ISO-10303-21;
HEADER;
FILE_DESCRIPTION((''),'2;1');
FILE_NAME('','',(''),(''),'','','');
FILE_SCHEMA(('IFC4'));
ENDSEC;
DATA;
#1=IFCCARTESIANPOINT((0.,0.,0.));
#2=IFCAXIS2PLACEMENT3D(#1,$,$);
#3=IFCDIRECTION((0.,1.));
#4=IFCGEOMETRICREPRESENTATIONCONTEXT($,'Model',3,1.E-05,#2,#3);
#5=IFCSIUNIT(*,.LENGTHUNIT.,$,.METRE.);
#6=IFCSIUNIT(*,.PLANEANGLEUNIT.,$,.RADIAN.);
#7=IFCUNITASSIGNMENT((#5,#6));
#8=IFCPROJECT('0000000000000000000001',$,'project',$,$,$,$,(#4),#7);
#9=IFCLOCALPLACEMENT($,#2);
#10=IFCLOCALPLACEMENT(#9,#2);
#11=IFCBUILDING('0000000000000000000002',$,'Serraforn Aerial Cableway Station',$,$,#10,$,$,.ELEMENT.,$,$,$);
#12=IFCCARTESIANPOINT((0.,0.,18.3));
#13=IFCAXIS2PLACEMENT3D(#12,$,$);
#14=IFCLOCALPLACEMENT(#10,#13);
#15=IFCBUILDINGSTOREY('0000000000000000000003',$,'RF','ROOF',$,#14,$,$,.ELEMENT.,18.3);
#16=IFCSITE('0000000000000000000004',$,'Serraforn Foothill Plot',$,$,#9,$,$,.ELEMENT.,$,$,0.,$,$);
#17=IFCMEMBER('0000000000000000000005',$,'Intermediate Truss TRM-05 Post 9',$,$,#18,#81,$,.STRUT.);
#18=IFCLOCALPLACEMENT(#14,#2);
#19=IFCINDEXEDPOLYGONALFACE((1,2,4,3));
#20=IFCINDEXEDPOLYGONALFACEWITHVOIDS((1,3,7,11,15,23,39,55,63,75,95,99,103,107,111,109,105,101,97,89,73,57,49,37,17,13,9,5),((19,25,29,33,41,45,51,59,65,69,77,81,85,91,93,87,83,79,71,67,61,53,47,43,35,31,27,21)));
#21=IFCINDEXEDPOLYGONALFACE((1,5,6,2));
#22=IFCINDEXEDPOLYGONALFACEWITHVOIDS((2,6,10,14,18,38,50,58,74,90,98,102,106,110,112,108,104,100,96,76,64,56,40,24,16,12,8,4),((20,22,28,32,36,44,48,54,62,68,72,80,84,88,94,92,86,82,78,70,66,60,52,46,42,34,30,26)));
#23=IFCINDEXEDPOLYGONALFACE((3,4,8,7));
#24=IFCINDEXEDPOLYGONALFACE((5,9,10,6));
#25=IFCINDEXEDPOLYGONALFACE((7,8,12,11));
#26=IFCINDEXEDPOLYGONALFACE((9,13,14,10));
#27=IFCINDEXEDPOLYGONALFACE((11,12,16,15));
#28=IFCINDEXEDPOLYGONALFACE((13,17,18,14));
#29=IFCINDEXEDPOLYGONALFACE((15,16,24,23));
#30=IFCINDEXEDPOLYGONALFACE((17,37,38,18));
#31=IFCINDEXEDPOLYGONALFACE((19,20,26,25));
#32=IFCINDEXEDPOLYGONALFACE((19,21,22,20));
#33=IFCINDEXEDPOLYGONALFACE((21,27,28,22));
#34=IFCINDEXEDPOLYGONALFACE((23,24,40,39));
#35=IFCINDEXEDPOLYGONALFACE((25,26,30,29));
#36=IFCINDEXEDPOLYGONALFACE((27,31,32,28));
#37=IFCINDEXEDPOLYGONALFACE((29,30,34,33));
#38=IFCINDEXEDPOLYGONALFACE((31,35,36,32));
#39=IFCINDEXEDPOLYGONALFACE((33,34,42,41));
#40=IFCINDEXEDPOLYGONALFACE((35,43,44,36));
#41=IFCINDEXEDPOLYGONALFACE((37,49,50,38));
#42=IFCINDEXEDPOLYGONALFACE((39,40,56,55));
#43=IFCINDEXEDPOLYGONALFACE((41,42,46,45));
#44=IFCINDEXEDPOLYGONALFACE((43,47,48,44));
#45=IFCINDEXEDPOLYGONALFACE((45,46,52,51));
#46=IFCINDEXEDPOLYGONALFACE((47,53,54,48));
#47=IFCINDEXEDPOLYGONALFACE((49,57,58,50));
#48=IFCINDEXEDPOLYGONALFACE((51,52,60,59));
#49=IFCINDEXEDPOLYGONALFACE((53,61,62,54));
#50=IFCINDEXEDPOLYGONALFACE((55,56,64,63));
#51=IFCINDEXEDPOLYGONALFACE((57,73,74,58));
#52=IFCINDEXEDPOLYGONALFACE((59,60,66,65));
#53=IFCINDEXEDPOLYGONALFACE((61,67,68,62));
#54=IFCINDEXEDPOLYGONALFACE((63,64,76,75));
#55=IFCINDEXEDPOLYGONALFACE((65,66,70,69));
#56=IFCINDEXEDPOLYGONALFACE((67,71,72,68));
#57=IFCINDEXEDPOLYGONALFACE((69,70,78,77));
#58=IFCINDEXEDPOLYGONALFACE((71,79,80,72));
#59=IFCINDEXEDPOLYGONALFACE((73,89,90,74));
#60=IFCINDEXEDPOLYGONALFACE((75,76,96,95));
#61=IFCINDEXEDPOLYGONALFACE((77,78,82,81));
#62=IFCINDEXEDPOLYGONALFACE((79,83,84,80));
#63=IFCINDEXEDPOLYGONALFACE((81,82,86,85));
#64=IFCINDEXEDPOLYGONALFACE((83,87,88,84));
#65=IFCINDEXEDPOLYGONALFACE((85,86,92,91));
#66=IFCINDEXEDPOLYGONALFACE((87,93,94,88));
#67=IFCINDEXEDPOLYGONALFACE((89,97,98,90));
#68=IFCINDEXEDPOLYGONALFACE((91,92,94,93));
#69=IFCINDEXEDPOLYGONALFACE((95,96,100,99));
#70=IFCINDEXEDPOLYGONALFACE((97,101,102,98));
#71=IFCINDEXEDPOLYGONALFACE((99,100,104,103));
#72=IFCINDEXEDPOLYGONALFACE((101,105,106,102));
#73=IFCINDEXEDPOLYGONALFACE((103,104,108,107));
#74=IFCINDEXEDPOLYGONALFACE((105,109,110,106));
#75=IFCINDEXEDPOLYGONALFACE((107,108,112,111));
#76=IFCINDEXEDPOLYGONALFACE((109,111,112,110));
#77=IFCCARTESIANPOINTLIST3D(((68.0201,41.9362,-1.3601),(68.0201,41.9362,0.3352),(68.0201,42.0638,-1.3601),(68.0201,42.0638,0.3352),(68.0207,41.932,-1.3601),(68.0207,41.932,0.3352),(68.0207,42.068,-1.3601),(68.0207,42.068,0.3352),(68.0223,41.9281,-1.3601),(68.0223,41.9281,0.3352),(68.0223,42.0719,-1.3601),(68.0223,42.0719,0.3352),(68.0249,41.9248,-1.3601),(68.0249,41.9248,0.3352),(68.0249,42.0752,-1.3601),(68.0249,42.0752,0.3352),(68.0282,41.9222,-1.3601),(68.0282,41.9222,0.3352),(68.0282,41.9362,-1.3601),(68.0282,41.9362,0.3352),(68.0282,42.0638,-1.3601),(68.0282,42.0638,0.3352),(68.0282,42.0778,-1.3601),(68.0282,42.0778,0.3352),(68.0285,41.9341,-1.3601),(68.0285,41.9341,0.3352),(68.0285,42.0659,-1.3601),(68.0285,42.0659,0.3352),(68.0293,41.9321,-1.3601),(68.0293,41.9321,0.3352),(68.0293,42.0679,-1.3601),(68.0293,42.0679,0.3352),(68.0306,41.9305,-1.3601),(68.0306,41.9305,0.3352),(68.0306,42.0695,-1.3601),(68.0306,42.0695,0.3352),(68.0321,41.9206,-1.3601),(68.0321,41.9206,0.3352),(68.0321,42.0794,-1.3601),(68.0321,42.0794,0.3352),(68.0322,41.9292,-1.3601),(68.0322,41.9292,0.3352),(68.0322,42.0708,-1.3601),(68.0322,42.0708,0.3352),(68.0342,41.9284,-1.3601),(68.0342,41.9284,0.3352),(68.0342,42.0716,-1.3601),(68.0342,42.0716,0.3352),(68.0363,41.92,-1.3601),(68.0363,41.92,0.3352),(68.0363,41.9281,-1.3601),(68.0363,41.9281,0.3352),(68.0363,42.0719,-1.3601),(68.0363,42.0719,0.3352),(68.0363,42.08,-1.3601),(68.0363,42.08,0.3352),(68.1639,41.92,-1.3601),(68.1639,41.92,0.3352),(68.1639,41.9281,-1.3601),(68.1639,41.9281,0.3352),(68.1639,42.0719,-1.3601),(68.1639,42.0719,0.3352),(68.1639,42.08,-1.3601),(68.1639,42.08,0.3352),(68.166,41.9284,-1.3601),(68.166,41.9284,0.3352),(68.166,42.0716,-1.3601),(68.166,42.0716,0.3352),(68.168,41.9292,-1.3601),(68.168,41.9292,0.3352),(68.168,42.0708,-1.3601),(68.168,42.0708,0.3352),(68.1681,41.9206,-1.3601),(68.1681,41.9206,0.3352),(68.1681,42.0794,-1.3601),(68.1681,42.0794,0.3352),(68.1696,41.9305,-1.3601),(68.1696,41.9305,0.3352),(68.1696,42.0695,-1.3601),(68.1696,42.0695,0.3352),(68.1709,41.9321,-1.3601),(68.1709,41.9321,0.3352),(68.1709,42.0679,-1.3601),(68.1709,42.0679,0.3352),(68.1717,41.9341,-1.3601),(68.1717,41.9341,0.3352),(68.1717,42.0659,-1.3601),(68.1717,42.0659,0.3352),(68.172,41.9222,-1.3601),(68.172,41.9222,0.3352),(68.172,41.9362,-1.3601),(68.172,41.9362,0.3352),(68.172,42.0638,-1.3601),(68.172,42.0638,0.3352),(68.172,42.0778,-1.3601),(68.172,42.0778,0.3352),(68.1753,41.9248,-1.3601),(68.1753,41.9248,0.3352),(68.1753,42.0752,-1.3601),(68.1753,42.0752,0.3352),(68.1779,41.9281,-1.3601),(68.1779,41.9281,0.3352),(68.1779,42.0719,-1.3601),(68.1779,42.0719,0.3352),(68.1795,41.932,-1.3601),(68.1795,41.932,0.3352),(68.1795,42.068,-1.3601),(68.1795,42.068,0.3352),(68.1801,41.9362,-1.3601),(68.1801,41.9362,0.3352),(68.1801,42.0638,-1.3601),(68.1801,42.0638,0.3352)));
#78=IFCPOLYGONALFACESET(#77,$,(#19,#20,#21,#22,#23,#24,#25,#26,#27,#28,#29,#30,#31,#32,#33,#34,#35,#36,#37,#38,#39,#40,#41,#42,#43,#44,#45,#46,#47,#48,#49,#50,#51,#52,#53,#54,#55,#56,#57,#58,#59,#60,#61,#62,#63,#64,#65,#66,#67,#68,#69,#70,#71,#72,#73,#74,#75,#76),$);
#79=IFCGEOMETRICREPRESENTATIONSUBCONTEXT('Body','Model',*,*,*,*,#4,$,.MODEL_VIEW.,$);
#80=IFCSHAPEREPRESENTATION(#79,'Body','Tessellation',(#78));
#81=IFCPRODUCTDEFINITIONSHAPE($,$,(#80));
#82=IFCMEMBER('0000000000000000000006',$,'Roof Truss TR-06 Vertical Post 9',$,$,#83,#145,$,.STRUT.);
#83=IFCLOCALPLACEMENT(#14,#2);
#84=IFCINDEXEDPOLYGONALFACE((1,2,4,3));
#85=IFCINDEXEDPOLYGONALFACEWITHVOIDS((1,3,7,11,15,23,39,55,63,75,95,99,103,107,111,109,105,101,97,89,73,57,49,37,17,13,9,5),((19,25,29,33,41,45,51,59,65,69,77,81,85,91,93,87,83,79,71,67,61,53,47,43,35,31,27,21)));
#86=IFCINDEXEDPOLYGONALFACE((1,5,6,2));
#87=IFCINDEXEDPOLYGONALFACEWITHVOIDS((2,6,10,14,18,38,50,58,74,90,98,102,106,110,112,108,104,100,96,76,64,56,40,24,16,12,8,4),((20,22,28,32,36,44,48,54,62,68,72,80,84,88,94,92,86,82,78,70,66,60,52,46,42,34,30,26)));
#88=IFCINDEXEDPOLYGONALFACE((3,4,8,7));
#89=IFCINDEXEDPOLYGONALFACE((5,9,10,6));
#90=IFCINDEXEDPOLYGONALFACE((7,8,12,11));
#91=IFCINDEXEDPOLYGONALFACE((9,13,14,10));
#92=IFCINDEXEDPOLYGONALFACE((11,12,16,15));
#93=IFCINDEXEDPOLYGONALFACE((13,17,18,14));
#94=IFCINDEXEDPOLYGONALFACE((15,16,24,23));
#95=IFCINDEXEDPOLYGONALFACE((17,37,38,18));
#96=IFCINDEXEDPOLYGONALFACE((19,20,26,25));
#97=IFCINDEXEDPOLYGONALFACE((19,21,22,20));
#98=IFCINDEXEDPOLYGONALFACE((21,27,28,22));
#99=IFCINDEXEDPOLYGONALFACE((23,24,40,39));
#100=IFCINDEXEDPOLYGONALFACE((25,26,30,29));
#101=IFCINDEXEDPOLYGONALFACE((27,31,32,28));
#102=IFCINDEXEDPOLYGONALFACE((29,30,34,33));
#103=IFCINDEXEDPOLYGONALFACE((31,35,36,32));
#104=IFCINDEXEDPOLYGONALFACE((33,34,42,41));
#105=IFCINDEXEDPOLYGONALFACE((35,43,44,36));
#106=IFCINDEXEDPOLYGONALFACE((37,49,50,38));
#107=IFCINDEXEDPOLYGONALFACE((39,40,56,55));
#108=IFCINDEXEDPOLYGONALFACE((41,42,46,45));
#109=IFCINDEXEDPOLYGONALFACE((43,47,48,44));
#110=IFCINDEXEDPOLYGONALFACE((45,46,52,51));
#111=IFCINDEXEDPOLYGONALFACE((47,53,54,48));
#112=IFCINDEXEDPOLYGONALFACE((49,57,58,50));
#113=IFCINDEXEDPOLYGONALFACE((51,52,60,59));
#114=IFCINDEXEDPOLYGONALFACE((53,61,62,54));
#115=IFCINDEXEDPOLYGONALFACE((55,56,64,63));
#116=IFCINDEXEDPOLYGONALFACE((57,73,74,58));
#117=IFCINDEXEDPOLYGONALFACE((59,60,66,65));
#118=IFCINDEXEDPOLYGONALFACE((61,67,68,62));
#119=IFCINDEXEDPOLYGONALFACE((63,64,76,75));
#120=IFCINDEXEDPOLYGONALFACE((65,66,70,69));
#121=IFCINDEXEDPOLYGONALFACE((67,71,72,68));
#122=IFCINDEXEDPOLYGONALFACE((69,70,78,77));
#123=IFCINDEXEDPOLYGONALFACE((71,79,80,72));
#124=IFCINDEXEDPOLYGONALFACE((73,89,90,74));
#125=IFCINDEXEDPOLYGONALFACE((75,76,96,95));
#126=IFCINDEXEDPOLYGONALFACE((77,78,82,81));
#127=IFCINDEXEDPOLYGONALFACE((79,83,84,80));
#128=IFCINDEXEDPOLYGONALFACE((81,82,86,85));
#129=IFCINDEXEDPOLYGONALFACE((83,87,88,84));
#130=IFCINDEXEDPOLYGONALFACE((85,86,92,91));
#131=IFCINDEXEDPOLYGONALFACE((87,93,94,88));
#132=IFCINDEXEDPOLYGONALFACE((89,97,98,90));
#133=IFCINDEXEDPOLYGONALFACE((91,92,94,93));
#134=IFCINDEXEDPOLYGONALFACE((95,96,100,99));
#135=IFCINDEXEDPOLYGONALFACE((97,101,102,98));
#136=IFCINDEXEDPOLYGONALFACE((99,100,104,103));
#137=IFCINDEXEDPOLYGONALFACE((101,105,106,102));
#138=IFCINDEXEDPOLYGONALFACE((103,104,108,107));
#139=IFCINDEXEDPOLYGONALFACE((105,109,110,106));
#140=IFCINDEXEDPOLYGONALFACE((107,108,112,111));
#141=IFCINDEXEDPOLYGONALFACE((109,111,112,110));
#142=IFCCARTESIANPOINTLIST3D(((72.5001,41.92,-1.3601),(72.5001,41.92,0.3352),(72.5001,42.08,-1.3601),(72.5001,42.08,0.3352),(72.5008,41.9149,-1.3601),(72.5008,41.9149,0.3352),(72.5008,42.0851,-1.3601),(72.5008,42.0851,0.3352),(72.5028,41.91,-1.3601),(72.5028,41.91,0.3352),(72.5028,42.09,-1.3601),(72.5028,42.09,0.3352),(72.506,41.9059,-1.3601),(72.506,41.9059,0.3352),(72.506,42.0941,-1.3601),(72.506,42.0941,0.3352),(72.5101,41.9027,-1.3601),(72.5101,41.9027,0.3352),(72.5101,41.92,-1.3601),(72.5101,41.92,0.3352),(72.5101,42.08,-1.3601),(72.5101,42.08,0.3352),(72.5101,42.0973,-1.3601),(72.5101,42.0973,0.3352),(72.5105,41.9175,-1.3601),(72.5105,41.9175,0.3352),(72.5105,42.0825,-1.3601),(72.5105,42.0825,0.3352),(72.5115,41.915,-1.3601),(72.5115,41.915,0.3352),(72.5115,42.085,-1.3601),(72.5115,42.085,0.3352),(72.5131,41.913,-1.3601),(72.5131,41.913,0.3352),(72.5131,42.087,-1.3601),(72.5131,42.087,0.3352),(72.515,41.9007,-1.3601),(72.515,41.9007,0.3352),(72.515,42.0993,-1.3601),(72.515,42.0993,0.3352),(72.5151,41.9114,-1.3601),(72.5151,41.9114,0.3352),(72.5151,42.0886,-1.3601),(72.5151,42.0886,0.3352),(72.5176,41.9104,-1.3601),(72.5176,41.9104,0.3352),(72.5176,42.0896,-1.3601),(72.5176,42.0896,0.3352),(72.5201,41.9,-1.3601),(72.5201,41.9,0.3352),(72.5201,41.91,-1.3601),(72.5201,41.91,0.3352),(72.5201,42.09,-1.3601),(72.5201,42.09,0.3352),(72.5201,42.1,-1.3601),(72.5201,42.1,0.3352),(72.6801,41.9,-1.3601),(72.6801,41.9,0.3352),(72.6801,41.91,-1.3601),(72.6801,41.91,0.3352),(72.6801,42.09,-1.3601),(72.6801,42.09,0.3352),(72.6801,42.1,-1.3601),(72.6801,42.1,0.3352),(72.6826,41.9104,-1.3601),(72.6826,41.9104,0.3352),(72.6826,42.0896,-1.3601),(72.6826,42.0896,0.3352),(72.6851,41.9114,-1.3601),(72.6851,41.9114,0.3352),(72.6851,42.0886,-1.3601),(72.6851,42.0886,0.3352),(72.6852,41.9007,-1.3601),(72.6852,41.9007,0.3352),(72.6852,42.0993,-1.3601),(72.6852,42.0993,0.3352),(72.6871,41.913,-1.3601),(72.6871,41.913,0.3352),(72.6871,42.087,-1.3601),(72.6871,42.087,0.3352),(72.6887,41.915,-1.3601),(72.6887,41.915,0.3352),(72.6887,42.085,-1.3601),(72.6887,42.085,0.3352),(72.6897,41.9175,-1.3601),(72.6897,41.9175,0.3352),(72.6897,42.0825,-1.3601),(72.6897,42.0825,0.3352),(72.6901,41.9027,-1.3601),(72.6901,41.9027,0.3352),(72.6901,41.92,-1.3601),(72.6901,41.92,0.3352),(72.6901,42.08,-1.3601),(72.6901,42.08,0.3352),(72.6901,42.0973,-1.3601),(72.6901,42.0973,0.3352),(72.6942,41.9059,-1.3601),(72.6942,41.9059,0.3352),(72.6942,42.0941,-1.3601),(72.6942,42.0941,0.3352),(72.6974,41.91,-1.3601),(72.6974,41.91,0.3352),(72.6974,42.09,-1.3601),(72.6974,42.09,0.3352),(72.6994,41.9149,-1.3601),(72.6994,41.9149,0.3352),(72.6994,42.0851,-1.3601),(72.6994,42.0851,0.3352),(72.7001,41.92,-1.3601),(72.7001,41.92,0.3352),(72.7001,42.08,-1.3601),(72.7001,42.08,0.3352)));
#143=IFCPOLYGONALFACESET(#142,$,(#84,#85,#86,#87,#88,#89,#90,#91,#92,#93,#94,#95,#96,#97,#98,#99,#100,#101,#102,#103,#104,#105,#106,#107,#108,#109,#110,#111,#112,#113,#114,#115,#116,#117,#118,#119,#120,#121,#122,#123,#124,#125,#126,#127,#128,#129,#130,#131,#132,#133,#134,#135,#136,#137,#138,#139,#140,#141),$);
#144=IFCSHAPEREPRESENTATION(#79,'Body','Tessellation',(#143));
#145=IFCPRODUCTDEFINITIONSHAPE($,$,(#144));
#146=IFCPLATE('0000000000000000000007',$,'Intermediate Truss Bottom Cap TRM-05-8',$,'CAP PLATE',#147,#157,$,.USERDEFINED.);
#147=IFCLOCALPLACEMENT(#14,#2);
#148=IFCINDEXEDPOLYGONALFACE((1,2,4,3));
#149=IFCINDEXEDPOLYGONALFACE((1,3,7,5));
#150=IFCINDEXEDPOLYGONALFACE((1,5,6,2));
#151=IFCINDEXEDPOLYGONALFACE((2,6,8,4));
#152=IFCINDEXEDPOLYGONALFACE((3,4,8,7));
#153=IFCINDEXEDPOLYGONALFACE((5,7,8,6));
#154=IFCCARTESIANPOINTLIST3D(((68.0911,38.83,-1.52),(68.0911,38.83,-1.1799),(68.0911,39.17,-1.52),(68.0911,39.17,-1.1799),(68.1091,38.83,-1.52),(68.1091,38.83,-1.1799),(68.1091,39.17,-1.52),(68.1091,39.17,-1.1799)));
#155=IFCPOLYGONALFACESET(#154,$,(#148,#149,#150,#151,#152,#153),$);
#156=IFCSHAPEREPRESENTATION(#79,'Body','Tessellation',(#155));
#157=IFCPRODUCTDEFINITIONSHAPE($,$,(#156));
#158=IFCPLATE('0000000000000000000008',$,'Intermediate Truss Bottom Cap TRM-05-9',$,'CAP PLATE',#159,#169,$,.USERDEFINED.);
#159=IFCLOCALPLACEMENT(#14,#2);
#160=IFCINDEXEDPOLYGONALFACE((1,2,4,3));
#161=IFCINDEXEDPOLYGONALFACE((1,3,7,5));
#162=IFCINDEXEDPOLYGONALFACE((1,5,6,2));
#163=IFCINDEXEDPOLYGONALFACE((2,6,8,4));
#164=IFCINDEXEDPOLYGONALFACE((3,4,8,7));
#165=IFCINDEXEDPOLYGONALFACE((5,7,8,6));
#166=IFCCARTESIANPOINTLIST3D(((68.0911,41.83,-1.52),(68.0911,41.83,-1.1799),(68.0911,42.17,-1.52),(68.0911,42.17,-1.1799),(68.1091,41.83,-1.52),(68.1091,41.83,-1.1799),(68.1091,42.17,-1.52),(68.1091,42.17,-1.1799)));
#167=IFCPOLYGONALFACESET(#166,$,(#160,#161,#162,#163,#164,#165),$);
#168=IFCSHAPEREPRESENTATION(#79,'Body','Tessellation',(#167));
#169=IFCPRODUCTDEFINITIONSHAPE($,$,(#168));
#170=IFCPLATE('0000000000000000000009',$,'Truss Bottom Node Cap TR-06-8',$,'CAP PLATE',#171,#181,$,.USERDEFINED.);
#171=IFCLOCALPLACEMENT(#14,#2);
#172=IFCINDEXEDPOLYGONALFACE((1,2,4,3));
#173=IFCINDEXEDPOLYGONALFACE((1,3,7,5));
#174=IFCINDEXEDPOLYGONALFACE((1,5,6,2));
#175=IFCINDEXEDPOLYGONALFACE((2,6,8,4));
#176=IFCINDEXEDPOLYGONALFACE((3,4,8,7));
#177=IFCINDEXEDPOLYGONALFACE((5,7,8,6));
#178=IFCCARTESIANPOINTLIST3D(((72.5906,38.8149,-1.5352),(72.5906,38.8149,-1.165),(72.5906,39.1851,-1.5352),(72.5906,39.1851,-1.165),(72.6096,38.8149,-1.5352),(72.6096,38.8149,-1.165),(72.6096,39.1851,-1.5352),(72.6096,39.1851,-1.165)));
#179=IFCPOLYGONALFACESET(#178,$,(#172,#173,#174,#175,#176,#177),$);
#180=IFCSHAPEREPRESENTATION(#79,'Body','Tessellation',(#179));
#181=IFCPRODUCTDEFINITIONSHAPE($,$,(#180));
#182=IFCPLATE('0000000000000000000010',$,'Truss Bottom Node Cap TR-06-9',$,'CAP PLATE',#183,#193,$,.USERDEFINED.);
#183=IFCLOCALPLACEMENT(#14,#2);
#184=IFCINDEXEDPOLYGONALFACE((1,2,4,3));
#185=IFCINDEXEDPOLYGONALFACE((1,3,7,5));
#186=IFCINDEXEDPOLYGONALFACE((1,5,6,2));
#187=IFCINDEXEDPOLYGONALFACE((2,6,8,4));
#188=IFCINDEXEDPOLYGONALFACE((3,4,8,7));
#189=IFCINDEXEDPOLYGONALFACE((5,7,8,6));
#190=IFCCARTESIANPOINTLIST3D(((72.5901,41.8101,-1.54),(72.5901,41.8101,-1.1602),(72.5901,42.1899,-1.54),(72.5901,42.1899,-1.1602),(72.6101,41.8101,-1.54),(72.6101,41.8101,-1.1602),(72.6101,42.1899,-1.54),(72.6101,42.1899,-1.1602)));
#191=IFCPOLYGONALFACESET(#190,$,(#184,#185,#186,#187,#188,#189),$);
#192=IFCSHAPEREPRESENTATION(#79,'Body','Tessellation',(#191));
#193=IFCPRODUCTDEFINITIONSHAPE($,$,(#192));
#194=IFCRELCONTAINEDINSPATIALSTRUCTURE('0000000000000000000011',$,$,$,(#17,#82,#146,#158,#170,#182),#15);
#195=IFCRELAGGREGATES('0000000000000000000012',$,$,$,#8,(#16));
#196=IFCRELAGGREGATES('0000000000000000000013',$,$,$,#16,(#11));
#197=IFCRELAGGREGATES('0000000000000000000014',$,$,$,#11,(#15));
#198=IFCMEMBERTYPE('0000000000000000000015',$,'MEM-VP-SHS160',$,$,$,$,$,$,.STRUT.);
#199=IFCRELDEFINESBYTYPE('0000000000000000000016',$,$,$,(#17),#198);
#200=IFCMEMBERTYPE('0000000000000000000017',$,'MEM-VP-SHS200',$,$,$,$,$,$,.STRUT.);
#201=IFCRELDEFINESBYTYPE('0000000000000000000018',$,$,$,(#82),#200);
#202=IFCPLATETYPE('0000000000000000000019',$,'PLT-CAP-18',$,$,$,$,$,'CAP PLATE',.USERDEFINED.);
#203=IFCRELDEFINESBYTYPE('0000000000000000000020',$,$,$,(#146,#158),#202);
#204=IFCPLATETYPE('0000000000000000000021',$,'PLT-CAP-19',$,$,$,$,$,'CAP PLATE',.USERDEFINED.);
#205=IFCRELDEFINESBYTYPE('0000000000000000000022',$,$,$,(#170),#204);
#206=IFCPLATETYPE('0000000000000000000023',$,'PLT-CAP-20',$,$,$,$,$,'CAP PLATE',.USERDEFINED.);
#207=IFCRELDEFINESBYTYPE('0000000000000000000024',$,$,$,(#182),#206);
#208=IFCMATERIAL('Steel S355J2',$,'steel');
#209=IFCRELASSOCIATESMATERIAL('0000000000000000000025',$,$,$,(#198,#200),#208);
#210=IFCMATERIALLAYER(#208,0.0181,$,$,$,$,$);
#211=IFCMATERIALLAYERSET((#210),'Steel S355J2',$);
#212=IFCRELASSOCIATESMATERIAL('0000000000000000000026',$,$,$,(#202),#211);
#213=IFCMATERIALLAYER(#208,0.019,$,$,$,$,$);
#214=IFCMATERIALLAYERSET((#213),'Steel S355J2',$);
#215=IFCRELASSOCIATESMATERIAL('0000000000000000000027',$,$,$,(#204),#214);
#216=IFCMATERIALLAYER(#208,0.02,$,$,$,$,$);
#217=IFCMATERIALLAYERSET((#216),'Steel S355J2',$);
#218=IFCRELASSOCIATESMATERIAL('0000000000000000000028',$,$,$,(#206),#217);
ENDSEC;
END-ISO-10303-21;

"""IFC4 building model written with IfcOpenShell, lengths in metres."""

from ifc_helpers import new_model, si_unit, direction, frame, origin, origin_2d, place, context, subcontext, project, spatial, rectangle, hollow_rectangle, extrude, material, layer, layer_set, material_profile, profile_set, type_object, element, save


model = new_model("IFC4")

# Units and contexts
model_context = context("Model", 3, precision=1e-05, world=origin(), true_north=direction((0.0, 1.0)))
body_context = subcontext(model_context, "Body", "Model", "MODEL_VIEW")
ifc_project = project(units=[si_unit("LENGTHUNIT", "METRE"), si_unit("PLANEANGLEUNIT", "RADIAN")], contexts=[model_context])

# Site, building, storey
site_placement = place(None, origin())
site = spatial("IfcSite", under=ifc_project, at=site_placement, Name="Serraforn Foothill Plot", CompositionType="ELEMENT", RefElevation=0.0)
building_placement = place(site_placement, origin())
building = spatial("IfcBuilding", under=site, at=building_placement, Name="Serraforn Aerial Cableway Station", CompositionType="ELEMENT")
storey_placement = place(building_placement, frame((0.0, 0.0, 18.3)))
storey = spatial("IfcBuildingStorey", under=building, at=storey_placement, Name="RF", Description="ROOF", CompositionType="ELEMENT", Elevation=18.3)

# Shared definitions
ifc_material_1 = material(Name="Steel S355J2", Category="steel")

# Members
ifc_material_profile_1 = material_profile(ifc_material_1, hollow_rectangle(XDim=0.1599, YDim=0.1599, WallThickness=0.0081, InnerFilletRadius=0.0081, OuterFilletRadius=0.0161, at=origin_2d()), Name="SHS 160x160x8.0")
ifc_profile_set_1 = profile_set([ifc_material_profile_1], Name="Steel S355J2")
member_type_1 = type_object("IfcMemberType", Name="MEM-VP-SHS160", PredefinedType="STRUT", material=ifc_profile_set_1)
member_1_placement = place(storey_placement, frame((68.1001, 42.0, -1.3601), z_axis=(0.0, 0.0, 1.0), x_axis=(1.0, 0.0, 0.0)))
element("IfcMember", 1, at=member_1_placement, inside=storey, type_object=member_type_1, Name="Intermediate Truss TRM-05 Post 9", PredefinedType="STRUT", context=body_context, shape_type="SweptSolid", body=[
    extrude(hollow_rectangle(XDim=0.1599, YDim=0.1599, WallThickness=0.0081, InnerFilletRadius=0.0081, OuterFilletRadius=0.0161, at=origin_2d()), origin(), (0.0, 0.0, 1.0), 1.6953),
])
ifc_material_profile_2 = material_profile(ifc_material_1, hollow_rectangle(XDim=0.2, YDim=0.2, WallThickness=0.01, InnerFilletRadius=0.01, OuterFilletRadius=0.02, at=origin_2d()), Name="SHS 200x200x10.0")
ifc_profile_set_2 = profile_set([ifc_material_profile_2], Name="Steel S355J2")
member_type_2 = type_object("IfcMemberType", Name="MEM-VP-SHS200", PredefinedType="STRUT", material=ifc_profile_set_2)
member_2_placement = place(storey_placement, frame((72.6001, 42.0, -1.3601), z_axis=(0.0, 0.0, 1.0), x_axis=(1.0, 0.0, 0.0)))
element("IfcMember", 2, at=member_2_placement, inside=storey, type_object=member_type_2, Name="Roof Truss TR-06 Vertical Post 9", PredefinedType="STRUT", context=body_context, shape_type="SweptSolid", body=[
    extrude(hollow_rectangle(XDim=0.2, YDim=0.2, WallThickness=0.01, InnerFilletRadius=0.01, OuterFilletRadius=0.02, at=origin_2d()), origin(), (0.0, 0.0, 1.0), 1.6953),
])

# Plates
ifc_layer_1 = layer(ifc_material_1, 0.0181)
ifc_layer_set_1 = layer_set([ifc_layer_1], Name="Steel S355J2")
plate_type_1 = type_object("IfcPlateType", Name="PLT-CAP-18", ElementType="CAP PLATE", PredefinedType="USERDEFINED", material=ifc_layer_set_1)
for number, where, z_axis, x_axis, name in (
    (3, (68.1001, 39.0, -1.52), (0.0, 0.0, 1.0), (1.0, 0.0, 0.0), "Intermediate Truss Bottom Cap TRM-05-8"),
    (4, (68.1001, 42.0, -1.52), (0.0, 0.0, 1.0), (1.0, 0.0, 0.0), "Intermediate Truss Bottom Cap TRM-05-9"),
):
    element("IfcPlate", number, at=place(storey_placement, frame(where, z_axis=z_axis, x_axis=x_axis)), inside=storey, type_object=plate_type_1, Name=name, ObjectType="CAP PLATE", PredefinedType="USERDEFINED", context=body_context, shape_type="SweptSolid", body=[
        extrude(rectangle(XDim=0.0181, YDim=0.3401, at=origin_2d()), origin(), (0.0, 0.0, 1.0), 0.3401),
    ])
ifc_layer_2 = layer(ifc_material_1, 0.019)
ifc_layer_set_2 = layer_set([ifc_layer_2], Name="Steel S355J2")
plate_type_2 = type_object("IfcPlateType", Name="PLT-CAP-19", ElementType="CAP PLATE", PredefinedType="USERDEFINED", material=ifc_layer_set_2)
plate_1_placement = place(storey_placement, frame((72.6001, 39.0, -1.5352), z_axis=(0.0, 0.0, 1.0), x_axis=(1.0, 0.0, 0.0)))
element("IfcPlate", 5, at=plate_1_placement, inside=storey, type_object=plate_type_2, Name="Truss Bottom Node Cap TR-06-8", ObjectType="CAP PLATE", PredefinedType="USERDEFINED", context=body_context, shape_type="SweptSolid", body=[
    extrude(rectangle(XDim=0.019, YDim=0.3701, at=origin_2d()), origin(), (0.0, 0.0, 1.0), 0.3701),
])
ifc_layer_3 = layer(ifc_material_1, 0.02)
ifc_layer_set_3 = layer_set([ifc_layer_3], Name="Steel S355J2")
plate_type_3 = type_object("IfcPlateType", Name="PLT-CAP-20", ElementType="CAP PLATE", PredefinedType="USERDEFINED", material=ifc_layer_set_3)
plate_2_placement = place(storey_placement, frame((72.6001, 42.0, -1.54), z_axis=(0.0, 0.0, 1.0), x_axis=(1.0, 0.0, 0.0)))
element("IfcPlate", 6, at=plate_2_placement, inside=storey, type_object=plate_type_3, Name="Truss Bottom Node Cap TR-06-9", ObjectType="CAP PLATE", PredefinedType="USERDEFINED", context=body_context, shape_type="SweptSolid", body=[
    extrude(rectangle(XDim=0.02, YDim=0.3799, at=origin_2d()), origin(), (0.0, 0.0, 1.0), 0.3799),
])

save(model, "model.ifc")
